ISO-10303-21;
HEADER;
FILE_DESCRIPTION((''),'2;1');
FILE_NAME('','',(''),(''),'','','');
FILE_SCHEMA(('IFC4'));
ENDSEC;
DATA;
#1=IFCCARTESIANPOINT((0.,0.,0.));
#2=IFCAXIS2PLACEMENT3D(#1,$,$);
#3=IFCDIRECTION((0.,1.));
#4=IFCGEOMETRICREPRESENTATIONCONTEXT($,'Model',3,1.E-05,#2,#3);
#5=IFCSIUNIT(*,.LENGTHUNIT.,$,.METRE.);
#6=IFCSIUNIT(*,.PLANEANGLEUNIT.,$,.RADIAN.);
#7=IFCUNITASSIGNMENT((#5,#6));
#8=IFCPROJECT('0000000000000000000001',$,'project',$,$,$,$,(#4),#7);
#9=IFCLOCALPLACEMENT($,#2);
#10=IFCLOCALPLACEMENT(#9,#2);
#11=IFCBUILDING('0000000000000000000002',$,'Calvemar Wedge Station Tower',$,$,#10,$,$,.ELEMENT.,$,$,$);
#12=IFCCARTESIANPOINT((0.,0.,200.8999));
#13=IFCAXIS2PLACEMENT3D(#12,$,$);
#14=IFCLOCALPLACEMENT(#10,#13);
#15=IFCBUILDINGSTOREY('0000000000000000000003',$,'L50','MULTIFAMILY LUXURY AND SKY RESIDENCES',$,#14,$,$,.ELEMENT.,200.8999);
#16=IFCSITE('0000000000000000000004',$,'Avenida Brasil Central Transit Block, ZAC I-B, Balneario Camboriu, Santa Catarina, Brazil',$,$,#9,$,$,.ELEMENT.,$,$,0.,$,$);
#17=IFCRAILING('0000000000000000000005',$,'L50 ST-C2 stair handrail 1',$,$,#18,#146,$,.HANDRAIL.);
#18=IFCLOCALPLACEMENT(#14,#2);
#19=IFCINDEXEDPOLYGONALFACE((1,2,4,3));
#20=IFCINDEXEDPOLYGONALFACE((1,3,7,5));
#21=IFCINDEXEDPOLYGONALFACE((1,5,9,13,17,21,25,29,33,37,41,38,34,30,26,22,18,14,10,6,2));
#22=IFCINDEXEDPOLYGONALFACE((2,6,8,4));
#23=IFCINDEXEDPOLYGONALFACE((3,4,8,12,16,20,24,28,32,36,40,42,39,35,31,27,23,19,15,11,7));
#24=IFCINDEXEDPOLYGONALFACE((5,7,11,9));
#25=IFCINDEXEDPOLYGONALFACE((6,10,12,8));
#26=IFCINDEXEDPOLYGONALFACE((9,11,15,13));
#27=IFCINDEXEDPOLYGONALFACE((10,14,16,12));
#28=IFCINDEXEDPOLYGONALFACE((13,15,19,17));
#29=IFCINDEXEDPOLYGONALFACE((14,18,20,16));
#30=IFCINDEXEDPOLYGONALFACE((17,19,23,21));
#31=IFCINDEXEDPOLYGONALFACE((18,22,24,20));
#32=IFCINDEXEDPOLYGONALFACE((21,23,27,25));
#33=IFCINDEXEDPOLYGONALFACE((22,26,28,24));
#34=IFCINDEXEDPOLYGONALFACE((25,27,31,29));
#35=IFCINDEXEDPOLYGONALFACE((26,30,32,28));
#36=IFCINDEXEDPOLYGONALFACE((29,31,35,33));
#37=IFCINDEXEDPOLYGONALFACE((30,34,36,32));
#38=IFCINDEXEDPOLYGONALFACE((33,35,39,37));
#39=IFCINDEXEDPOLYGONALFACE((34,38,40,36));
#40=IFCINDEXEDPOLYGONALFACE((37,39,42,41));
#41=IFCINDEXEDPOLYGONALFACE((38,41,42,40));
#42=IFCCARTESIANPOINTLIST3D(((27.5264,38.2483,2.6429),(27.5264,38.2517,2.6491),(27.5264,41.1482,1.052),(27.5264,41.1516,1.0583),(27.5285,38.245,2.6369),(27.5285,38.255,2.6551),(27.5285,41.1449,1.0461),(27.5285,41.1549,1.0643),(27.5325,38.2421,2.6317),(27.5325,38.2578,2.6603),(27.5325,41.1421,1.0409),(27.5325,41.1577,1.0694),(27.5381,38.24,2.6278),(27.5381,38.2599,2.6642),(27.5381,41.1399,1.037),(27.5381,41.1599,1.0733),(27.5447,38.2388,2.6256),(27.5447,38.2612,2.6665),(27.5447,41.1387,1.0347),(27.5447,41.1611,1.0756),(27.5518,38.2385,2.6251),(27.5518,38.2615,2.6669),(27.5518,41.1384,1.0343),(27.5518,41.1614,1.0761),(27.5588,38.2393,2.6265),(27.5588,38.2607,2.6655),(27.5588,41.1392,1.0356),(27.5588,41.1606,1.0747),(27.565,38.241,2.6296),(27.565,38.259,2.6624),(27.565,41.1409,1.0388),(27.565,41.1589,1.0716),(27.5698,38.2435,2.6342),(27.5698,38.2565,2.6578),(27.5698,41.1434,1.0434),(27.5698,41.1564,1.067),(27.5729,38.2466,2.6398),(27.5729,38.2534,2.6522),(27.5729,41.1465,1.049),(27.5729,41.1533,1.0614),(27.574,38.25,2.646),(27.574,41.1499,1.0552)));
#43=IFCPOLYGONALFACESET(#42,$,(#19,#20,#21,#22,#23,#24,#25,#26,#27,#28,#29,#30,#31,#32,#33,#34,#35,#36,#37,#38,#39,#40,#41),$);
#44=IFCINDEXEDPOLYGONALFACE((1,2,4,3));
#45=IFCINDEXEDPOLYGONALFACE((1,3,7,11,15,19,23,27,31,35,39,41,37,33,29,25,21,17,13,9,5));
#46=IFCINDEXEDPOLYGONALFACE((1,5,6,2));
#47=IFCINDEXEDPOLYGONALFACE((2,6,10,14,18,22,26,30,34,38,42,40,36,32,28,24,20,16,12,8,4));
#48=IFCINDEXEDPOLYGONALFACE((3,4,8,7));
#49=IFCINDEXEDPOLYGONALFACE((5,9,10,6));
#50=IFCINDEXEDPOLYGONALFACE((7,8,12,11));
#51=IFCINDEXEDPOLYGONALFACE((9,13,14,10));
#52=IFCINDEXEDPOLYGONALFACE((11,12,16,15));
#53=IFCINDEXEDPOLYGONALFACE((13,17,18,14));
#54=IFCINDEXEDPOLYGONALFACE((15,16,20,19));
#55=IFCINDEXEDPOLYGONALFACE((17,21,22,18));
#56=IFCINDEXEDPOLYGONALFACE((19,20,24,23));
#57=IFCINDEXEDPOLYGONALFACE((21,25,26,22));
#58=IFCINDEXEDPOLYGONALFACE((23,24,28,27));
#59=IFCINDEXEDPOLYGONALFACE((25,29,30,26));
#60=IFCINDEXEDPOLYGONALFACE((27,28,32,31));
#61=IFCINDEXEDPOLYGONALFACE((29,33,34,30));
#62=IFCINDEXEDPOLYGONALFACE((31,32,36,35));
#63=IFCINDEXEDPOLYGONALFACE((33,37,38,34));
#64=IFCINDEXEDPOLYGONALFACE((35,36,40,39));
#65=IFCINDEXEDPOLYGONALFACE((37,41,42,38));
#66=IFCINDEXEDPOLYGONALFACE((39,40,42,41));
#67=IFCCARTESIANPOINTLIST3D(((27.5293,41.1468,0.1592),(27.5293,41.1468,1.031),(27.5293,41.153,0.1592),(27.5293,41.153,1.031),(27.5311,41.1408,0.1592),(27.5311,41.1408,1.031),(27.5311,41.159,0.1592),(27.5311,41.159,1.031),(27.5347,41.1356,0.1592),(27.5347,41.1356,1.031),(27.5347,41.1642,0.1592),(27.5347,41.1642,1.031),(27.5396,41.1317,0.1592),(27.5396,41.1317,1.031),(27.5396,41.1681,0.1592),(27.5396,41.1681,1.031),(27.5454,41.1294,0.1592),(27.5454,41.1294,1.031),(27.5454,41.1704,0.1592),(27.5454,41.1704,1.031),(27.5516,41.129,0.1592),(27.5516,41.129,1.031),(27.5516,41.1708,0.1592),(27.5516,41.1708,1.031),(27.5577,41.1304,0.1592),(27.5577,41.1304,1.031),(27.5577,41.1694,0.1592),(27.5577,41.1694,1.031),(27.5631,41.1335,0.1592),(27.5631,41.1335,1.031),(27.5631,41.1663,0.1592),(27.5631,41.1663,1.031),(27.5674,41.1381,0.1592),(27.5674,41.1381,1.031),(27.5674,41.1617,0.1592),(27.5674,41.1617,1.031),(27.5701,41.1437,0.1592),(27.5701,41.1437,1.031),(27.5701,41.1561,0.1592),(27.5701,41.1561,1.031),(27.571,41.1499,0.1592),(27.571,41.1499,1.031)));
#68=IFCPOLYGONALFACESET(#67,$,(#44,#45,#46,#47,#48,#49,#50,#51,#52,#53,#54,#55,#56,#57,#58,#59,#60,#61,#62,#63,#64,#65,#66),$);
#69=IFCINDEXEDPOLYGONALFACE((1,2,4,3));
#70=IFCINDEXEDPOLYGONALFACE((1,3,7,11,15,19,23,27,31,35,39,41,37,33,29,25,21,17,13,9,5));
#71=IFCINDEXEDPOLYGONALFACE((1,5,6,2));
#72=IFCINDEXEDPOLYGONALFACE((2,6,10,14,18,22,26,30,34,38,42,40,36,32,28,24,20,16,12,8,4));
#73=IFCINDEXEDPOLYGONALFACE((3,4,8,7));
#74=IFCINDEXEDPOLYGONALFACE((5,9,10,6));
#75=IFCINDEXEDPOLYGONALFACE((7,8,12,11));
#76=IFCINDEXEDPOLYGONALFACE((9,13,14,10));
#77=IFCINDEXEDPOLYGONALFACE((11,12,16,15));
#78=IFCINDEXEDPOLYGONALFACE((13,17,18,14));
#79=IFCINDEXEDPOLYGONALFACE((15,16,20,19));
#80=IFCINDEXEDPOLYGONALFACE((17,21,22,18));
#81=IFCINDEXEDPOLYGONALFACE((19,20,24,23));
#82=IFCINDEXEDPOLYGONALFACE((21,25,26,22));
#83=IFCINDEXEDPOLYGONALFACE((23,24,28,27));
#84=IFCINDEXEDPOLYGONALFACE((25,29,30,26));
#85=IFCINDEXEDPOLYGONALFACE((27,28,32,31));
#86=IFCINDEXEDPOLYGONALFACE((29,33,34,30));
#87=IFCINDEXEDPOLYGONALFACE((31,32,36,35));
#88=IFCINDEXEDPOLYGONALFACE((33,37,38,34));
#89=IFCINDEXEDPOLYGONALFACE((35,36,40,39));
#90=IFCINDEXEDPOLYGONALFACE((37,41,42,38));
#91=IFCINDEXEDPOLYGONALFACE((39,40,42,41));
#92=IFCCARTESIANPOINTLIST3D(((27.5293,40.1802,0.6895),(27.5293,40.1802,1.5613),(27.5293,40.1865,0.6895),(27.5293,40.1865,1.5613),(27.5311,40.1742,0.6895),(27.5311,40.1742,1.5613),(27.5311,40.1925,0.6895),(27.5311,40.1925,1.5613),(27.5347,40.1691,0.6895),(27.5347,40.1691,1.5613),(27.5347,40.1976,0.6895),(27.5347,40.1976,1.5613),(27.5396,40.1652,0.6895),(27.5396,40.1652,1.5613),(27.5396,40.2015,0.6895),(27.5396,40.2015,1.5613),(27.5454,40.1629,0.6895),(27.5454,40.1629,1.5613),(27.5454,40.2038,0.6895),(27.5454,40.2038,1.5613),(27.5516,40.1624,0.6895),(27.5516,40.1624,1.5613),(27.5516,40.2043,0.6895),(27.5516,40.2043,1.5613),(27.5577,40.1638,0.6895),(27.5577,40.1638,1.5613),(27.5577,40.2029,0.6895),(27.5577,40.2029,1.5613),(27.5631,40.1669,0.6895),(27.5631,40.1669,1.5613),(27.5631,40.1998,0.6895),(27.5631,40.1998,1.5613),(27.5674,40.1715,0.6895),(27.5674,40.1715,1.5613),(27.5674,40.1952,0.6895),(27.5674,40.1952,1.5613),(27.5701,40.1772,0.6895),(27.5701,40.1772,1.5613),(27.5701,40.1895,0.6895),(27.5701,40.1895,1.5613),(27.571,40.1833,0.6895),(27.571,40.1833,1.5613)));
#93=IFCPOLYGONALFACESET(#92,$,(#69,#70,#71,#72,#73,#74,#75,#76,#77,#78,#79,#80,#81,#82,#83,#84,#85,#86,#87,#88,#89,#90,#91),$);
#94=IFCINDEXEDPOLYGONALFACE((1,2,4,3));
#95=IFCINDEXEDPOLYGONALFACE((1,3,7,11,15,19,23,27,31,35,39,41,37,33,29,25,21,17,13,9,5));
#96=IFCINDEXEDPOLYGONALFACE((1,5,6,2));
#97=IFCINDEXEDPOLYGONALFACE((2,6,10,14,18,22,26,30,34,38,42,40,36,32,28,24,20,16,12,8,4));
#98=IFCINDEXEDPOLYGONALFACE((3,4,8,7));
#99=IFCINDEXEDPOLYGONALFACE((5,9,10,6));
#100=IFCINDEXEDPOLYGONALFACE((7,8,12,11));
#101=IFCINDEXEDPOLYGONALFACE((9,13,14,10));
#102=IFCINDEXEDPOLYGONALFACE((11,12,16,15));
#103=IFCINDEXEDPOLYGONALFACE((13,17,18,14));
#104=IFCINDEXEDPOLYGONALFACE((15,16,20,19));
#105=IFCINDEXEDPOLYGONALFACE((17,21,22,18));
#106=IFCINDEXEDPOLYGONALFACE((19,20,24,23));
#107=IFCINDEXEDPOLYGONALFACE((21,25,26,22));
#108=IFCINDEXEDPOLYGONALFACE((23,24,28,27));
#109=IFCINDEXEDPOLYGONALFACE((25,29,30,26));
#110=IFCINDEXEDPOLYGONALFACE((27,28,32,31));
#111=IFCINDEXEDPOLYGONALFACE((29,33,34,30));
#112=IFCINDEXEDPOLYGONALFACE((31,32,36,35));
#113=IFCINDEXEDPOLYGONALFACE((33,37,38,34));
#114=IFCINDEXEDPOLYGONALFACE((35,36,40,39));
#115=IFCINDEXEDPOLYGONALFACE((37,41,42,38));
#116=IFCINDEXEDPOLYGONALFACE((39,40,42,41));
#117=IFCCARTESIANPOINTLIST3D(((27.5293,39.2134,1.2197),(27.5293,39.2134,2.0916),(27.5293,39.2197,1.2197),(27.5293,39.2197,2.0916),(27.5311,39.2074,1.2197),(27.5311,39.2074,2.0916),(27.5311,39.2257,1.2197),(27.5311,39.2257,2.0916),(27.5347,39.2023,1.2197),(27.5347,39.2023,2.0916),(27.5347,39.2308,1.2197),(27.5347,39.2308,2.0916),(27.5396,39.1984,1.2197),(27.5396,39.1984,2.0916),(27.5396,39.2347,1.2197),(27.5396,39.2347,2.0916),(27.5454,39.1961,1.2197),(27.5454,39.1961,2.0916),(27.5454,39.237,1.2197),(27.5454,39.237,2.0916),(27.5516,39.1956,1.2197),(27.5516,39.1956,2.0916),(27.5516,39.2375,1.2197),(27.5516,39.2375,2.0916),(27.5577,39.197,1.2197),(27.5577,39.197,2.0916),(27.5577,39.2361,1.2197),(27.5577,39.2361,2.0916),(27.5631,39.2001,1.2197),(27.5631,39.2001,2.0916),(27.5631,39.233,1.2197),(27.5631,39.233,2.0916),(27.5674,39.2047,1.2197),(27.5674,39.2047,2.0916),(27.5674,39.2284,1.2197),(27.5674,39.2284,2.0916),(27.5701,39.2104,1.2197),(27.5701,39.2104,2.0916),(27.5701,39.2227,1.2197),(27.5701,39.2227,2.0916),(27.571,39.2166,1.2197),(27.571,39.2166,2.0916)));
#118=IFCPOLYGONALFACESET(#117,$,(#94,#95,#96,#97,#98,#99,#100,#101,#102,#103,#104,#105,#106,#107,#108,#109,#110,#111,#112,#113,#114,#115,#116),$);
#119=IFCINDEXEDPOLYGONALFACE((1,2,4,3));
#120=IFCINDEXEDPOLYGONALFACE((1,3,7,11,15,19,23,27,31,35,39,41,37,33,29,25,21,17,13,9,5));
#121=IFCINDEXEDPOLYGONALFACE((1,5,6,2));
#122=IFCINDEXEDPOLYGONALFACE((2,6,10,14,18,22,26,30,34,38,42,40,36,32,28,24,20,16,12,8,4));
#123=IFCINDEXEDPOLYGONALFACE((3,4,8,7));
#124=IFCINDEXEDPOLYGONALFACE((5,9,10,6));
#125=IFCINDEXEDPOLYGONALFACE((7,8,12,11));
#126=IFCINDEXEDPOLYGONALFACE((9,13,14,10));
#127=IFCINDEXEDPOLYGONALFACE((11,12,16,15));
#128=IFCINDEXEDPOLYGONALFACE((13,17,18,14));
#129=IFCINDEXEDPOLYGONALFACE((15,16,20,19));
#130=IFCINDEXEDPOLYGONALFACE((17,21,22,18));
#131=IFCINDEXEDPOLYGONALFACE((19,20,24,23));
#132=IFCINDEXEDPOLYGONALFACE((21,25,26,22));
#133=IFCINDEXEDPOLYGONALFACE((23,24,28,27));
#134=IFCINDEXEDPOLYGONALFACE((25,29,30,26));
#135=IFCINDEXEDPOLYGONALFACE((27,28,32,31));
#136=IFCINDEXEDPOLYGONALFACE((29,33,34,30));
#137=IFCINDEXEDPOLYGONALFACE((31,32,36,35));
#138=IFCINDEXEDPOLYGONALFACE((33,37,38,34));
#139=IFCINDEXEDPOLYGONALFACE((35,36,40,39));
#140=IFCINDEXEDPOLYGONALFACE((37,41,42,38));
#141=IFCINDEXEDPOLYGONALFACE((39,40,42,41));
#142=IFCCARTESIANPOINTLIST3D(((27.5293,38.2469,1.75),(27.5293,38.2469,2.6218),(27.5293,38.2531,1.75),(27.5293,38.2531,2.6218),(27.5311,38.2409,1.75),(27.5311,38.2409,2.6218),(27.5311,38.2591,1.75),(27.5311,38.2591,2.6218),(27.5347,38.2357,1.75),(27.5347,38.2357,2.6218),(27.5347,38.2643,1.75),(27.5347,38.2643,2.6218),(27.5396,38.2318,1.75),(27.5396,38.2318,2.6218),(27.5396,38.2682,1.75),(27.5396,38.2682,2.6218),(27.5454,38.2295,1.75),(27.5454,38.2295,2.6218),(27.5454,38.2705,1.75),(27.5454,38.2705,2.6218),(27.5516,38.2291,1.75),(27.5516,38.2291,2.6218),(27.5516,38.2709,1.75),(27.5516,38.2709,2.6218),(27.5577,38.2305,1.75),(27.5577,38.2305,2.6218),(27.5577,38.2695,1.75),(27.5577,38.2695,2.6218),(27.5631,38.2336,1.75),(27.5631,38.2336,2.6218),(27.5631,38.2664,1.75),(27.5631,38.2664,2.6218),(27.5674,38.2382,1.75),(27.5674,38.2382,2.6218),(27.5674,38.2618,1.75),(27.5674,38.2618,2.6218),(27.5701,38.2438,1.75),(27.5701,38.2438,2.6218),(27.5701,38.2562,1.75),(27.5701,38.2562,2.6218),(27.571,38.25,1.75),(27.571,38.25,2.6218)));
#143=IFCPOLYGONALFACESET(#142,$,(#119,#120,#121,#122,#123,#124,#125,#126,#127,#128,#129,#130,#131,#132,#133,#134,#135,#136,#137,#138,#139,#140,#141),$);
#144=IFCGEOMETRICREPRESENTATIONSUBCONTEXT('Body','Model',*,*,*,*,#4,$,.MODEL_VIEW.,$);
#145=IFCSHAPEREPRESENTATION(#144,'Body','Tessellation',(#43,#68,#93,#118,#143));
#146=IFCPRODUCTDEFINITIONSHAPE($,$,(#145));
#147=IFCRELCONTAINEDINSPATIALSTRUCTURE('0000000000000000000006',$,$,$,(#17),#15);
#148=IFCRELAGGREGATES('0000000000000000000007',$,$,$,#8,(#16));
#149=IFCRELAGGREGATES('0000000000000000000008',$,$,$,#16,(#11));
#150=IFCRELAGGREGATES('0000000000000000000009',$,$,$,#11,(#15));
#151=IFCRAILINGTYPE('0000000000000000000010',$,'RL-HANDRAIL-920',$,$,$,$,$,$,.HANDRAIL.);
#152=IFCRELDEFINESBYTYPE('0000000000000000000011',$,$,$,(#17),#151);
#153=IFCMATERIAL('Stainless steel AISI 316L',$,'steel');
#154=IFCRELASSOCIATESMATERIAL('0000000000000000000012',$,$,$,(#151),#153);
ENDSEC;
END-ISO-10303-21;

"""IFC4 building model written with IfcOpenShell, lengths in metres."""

from ifc_helpers import new_model, si_unit, direction, frame, origin, origin_2d, place, context, subcontext, project, spatial, circle, extrude, material, type_object, element, save


model = new_model("IFC4")

# Units and contexts
model_context = context("Model", 3, precision=1e-05, world=origin(), true_north=direction((0.0, 1.0)))
body_context = subcontext(model_context, "Body", "Model", "MODEL_VIEW")
ifc_project = project(units=[si_unit("LENGTHUNIT", "METRE"), si_unit("PLANEANGLEUNIT", "RADIAN")], contexts=[model_context])

# Site, building, storey
site_placement = place(None, origin())
site = spatial("IfcSite", under=ifc_project, at=site_placement, Name="Avenida Brasil Central Transit Block, ZAC I-B, Balneario Camboriu, Santa Catarina, Brazil", CompositionType="ELEMENT", RefElevation=0.0)
building_placement = place(site_placement, origin())
building = spatial("IfcBuilding", under=site, at=building_placement, Name="Calvemar Wedge Station Tower", CompositionType="ELEMENT")
storey_placement = place(building_placement, frame((0.0, 0.0, 200.8999)))
storey = spatial("IfcBuildingStorey", under=building, at=storey_placement, Name="L50", Description="MULTIFAMILY LUXURY AND SKY RESIDENCES", CompositionType="ELEMENT", Elevation=200.8999)

# Railing
ifc_material_1 = material(Name="Stainless steel AISI 316L", Category="steel")
railing_type_1 = type_object("IfcRailingType", Name="RL-HANDRAIL-920", PredefinedType="HANDRAIL", material=ifc_material_1)
railing_1_placement = place(storey_placement, frame((27.55, 41.1499, 0.1592)))
element("IfcRailing", 1, at=railing_1_placement, inside=storey, type_object=railing_type_1, Name="L50 ST-C2 stair handrail 1", PredefinedType="HANDRAIL", context=body_context, shape_type="SweptSolid", body=[
    extrude(circle(Radius=0.0239, at=origin_2d()), frame((0.0, 0.0, 0.896), z_axis=(0.0, -0.876742, 0.480961), x_axis=(1.0, 0.0, 0.0)), (0.0, 0.0, 1.0), 3.3076),
    extrude(circle(Radius=0.021, at=origin_2d()), origin(), (0.0, 0.0, 1.0), 0.8718),
    extrude(circle(Radius=0.021, at=origin_2d()), frame((0.0, -0.9666, 0.5303)), (0.0, 0.0, 1.0), 0.8718),
    extrude(circle(Radius=0.021, at=origin_2d()), frame((0.0, -1.9333, 1.0605)), (0.0, 0.0, 1.0), 0.8718),
    extrude(circle(Radius=0.021, at=origin_2d()), frame((0.0, -2.8999, 1.5908)), (0.0, 0.0, 1.0), 0.8718),
])

save(model, "model.ifc")
